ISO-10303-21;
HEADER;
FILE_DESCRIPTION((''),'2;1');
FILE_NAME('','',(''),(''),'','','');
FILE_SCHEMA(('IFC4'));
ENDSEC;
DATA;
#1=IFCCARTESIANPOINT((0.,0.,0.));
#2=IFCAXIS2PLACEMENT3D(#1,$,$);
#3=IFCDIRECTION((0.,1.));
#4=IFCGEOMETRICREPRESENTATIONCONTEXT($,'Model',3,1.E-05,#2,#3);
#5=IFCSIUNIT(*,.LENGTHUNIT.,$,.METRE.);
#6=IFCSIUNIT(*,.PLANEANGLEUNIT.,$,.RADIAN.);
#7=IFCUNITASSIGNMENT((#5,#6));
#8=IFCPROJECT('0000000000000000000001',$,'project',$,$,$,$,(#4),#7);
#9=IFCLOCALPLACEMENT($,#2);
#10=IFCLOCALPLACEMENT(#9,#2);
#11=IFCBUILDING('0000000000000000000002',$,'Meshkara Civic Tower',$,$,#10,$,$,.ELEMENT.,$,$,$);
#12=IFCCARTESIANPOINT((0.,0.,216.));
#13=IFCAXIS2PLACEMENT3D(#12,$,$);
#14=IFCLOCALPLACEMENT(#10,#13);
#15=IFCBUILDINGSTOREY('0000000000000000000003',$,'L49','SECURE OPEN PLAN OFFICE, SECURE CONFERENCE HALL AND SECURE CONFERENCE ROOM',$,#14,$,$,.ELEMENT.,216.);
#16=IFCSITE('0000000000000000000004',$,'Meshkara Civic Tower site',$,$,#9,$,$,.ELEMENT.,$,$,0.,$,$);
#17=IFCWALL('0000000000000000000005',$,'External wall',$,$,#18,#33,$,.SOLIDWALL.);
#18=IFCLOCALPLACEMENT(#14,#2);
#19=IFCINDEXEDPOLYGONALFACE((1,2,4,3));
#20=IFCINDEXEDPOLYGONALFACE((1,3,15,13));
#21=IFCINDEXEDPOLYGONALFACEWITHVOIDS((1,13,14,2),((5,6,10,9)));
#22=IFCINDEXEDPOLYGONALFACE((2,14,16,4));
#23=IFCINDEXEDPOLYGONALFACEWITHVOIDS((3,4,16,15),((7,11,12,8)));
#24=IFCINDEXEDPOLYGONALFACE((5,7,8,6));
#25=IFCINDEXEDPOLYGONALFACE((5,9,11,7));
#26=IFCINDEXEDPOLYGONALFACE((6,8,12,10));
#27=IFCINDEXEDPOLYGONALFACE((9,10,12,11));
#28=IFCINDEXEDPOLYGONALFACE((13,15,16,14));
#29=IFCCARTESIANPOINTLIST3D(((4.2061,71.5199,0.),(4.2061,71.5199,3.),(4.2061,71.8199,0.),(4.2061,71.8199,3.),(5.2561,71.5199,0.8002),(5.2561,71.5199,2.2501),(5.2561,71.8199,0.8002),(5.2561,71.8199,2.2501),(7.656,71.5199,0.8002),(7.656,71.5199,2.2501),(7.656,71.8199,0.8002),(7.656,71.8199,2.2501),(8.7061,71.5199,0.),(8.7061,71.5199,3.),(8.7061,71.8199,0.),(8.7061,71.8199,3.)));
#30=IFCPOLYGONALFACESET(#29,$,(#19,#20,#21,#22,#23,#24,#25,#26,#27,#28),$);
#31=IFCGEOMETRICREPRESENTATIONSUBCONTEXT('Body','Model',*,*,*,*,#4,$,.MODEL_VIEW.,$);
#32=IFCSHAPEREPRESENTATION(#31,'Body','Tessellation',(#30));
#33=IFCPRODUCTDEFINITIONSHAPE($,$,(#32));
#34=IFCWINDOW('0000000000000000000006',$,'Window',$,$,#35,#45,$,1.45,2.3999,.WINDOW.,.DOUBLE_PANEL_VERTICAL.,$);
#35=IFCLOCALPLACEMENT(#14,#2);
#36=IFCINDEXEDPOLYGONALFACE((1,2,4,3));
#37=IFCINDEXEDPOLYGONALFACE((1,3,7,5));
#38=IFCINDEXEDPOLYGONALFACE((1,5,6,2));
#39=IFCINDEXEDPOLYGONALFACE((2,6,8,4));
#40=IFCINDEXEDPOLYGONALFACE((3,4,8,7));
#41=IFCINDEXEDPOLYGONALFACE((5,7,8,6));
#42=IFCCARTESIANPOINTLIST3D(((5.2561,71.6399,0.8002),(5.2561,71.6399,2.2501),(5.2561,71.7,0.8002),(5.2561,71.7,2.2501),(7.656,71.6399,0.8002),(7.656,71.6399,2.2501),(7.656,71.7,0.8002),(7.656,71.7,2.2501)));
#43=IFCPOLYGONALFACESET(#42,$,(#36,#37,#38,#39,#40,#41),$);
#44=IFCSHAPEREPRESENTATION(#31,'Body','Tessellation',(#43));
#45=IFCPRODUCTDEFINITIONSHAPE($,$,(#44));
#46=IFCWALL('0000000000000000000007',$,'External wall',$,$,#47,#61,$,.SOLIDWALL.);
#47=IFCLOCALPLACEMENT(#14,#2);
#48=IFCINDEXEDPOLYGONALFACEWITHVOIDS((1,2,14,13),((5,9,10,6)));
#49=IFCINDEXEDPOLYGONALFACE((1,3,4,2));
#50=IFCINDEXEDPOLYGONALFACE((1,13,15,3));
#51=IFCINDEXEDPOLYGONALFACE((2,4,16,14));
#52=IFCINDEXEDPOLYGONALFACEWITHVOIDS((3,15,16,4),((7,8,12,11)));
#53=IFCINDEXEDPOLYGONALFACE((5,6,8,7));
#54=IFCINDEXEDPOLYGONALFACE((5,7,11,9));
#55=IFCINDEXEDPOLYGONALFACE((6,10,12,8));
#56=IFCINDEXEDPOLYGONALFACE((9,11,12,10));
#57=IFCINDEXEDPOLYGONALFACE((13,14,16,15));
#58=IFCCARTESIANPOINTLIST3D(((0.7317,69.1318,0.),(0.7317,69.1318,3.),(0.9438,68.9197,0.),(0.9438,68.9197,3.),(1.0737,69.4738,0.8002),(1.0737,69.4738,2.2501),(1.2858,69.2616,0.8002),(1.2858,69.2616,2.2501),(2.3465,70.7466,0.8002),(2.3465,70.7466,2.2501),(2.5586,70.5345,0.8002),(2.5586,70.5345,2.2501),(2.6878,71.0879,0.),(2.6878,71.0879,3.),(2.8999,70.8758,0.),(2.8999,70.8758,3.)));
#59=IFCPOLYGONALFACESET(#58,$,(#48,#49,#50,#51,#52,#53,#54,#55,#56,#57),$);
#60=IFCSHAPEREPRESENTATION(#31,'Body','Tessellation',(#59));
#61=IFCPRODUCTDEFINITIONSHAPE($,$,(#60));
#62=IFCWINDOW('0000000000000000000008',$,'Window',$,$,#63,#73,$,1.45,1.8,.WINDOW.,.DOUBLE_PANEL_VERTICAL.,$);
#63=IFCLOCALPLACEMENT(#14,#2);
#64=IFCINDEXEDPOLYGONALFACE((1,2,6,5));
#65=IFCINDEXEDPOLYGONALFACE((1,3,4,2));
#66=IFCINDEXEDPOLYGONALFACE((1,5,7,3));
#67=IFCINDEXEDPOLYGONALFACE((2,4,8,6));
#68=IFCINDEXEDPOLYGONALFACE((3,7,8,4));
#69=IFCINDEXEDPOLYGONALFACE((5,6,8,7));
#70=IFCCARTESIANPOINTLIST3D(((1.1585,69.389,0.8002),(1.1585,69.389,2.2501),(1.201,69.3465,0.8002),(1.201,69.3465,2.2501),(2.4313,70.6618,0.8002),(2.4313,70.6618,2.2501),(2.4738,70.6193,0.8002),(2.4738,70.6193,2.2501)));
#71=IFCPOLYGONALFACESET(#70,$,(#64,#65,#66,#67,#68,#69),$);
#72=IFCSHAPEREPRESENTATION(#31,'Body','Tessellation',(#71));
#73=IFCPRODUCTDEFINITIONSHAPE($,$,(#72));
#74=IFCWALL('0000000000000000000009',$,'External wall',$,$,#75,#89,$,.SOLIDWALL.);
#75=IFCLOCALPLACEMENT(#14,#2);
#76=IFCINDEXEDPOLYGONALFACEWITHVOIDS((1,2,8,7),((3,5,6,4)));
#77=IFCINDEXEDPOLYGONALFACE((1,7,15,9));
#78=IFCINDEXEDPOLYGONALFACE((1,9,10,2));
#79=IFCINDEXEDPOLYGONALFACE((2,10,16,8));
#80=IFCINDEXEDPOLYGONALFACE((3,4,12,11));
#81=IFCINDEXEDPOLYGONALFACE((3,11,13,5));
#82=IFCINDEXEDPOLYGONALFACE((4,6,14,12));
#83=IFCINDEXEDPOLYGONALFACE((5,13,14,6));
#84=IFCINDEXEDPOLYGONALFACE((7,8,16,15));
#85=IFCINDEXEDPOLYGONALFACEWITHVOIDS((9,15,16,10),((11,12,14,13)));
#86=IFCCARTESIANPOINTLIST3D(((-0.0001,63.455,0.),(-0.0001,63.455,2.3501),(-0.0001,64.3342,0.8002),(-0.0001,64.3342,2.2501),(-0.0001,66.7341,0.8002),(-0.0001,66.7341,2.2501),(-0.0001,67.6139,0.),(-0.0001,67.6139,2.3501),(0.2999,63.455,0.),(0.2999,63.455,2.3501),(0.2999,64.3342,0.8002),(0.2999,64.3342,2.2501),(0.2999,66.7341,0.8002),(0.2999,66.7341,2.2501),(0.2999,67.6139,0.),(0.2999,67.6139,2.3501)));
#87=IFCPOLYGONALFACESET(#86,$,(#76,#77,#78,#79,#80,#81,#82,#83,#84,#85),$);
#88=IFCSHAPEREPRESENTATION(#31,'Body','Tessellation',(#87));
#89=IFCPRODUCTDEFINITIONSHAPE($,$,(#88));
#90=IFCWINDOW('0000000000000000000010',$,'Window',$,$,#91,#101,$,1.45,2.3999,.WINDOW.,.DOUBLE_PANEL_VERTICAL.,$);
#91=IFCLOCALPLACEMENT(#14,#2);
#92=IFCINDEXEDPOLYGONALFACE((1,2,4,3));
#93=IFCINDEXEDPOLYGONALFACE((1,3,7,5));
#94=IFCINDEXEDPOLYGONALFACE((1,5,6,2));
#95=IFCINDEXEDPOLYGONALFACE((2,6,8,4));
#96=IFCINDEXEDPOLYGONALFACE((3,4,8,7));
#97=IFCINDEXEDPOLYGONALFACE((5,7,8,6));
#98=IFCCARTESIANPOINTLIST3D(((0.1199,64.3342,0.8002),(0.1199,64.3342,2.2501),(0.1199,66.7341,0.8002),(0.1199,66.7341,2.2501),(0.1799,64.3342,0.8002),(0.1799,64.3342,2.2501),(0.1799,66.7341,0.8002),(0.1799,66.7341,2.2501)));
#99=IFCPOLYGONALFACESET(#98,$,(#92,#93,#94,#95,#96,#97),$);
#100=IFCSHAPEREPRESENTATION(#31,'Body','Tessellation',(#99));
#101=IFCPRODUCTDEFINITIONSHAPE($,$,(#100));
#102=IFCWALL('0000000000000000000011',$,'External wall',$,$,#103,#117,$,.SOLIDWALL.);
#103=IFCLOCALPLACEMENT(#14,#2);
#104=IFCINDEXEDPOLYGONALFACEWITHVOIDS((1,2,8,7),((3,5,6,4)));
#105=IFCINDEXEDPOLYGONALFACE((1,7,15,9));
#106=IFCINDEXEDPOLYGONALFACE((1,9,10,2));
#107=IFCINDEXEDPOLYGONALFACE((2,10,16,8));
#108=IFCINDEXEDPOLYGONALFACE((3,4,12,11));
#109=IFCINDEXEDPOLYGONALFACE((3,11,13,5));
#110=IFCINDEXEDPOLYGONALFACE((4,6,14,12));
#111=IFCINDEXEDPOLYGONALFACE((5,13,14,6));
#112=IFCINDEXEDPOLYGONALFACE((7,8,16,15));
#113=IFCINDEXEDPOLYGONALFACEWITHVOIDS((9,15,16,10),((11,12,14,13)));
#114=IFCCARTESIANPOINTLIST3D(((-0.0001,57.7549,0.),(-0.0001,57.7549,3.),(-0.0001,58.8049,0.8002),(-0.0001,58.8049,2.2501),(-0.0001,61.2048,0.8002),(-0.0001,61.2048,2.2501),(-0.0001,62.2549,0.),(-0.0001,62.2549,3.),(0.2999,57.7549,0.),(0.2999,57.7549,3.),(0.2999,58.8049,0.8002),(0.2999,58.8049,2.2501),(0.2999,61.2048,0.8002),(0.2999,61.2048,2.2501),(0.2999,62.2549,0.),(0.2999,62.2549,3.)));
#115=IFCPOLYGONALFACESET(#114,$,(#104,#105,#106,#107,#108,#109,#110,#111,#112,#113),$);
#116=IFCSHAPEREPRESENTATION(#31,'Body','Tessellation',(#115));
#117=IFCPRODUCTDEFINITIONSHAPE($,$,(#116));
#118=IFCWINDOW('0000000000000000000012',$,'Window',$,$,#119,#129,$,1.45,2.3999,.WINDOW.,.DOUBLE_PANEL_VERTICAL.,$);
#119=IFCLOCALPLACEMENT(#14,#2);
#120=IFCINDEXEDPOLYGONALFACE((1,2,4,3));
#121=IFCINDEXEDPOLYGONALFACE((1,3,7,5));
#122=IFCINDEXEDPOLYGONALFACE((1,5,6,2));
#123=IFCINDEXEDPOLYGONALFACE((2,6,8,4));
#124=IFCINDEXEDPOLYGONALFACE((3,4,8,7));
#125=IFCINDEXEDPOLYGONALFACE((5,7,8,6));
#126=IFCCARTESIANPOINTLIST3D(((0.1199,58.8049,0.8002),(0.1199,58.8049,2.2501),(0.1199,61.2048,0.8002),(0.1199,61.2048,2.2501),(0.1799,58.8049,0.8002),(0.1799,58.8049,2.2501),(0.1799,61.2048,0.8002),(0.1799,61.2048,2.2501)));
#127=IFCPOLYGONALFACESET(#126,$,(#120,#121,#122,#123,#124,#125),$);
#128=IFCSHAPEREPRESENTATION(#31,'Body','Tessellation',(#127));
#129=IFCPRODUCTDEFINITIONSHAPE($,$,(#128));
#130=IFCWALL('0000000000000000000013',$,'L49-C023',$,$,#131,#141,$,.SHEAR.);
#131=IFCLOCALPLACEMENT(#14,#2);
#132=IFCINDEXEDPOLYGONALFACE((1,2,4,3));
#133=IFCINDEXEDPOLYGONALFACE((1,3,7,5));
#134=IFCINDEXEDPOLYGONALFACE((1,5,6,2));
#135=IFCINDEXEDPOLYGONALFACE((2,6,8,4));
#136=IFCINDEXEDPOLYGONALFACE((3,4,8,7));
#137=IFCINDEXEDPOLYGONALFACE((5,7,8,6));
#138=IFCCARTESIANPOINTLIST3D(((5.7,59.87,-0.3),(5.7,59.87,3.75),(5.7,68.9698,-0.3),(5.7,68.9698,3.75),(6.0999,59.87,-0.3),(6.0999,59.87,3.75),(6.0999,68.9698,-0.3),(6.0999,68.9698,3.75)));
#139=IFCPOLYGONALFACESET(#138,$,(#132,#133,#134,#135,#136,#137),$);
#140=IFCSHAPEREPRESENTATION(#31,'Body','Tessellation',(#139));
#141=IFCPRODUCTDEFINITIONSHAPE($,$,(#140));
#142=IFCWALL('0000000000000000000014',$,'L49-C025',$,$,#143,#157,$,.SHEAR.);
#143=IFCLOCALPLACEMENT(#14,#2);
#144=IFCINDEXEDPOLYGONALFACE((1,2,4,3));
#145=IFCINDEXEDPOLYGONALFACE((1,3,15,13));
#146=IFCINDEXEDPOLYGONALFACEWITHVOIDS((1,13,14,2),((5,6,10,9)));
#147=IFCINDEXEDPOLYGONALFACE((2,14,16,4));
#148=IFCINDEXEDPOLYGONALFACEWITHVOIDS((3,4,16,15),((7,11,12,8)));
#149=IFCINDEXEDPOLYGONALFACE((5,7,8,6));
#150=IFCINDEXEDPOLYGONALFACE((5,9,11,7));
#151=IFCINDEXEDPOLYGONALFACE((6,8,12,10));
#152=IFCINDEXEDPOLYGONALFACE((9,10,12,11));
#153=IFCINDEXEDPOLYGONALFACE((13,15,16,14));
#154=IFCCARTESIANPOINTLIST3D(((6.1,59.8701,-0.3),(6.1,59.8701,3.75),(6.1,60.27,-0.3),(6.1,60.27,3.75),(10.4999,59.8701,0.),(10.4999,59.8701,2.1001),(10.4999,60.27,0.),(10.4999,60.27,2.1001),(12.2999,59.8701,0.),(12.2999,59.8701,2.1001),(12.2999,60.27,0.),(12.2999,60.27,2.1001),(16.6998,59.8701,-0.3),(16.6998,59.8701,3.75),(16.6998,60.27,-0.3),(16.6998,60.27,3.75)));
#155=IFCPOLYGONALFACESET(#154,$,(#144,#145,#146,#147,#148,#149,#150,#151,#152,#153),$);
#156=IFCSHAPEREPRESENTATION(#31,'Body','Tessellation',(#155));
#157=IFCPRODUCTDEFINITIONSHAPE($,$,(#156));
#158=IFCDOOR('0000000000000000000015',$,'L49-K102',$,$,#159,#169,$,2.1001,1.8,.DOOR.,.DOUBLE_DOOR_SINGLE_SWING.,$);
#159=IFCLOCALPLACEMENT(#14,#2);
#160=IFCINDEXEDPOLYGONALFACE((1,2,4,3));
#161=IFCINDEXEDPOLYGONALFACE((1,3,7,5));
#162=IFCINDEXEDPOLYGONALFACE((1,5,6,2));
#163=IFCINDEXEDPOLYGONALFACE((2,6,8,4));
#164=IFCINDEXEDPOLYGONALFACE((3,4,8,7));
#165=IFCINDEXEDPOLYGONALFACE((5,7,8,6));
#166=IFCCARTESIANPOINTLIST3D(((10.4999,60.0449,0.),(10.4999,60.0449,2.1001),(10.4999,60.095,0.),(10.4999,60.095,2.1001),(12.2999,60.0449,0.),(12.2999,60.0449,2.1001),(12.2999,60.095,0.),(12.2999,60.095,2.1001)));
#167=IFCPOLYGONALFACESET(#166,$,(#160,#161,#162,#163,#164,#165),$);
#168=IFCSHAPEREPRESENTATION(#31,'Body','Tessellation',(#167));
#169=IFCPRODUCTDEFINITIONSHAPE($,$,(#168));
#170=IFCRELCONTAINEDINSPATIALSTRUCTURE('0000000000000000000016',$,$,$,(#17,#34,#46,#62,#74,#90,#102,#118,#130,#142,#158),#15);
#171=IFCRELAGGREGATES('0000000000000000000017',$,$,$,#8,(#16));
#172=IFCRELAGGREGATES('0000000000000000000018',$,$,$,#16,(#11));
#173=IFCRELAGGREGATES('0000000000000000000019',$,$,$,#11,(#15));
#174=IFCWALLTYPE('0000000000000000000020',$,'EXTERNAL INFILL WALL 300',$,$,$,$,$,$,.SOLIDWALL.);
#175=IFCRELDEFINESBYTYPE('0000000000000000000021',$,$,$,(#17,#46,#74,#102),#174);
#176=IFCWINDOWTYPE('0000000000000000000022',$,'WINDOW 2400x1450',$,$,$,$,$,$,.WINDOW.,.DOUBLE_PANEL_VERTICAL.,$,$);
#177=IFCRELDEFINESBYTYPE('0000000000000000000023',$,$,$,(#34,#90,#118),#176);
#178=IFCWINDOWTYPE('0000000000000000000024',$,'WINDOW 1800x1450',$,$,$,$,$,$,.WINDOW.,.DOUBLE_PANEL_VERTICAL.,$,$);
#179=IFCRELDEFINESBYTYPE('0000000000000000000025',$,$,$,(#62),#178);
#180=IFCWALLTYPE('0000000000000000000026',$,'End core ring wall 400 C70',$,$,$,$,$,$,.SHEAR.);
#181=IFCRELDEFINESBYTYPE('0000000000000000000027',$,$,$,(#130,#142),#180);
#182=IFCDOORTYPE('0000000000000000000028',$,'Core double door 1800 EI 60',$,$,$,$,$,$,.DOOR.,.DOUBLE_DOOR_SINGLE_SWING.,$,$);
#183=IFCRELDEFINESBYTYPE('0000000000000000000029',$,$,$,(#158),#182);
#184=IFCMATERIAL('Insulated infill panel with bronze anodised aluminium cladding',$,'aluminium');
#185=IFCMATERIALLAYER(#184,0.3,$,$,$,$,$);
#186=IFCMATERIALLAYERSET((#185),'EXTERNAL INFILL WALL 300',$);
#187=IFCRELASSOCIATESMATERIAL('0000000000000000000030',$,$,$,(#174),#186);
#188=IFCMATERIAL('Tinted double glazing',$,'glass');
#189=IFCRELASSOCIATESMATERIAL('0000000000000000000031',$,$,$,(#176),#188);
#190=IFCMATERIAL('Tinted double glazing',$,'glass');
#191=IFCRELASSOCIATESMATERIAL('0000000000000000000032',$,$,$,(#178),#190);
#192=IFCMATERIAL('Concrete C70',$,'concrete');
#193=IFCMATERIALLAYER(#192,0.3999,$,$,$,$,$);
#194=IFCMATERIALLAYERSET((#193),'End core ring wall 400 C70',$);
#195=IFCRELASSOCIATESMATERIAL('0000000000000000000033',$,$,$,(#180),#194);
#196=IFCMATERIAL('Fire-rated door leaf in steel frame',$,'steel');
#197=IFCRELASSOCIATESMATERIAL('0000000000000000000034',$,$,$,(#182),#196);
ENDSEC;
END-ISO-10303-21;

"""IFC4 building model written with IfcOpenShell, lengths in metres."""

from ifc_helpers import new_model, si_unit, direction, frame, frame_2d, origin, place, context, subcontext, project, spatial, rectangle, extrude, material, layer, layer_set, type_object, element, fill, save


model = new_model("IFC4")

# Units and contexts
model_context = context("Model", 3, precision=1e-05, world=origin(), true_north=direction((0.0, 1.0)))
body_context = subcontext(model_context, "Body", "Model", "MODEL_VIEW")
ifc_project = project(units=[si_unit("LENGTHUNIT", "METRE"), si_unit("PLANEANGLEUNIT", "RADIAN")], contexts=[model_context])

# Site, building, storey
site_placement = place(None, origin())
site = spatial("IfcSite", under=ifc_project, at=site_placement, Name="Meshkara Civic Tower site", CompositionType="ELEMENT", RefElevation=0.0)
building_placement = place(site_placement, origin())
building = spatial("IfcBuilding", under=site, at=building_placement, Name="Meshkara Civic Tower", CompositionType="ELEMENT")
storey_placement = place(building_placement, frame((0.0, 0.0, 216.0)))
storey = spatial("IfcBuildingStorey", under=building, at=storey_placement, Name="L49", Description="SECURE OPEN PLAN OFFICE, SECURE CONFERENCE HALL AND SECURE CONFERENCE ROOM", CompositionType="ELEMENT", Elevation=216.0)

# Walls, openings, windows
ifc_material_1 = material(Name="Insulated infill panel with bronze anodised aluminium cladding", Category="aluminium")
ifc_layer_1 = layer(ifc_material_1, 0.3)
ifc_layer_set_1 = layer_set([ifc_layer_1], Name="EXTERNAL INFILL WALL 300")
wall_type_1 = type_object("IfcWallType", Name="EXTERNAL INFILL WALL 300", PredefinedType="SOLIDWALL", material=ifc_layer_set_1)
wall_1_placement = place(storey_placement, frame((8.7061, 71.6699, 0.0), z_axis=(0.0, 0.0, 1.0), x_axis=(-1.0, 0.0, 0.0)))
wall_1 = element("IfcWall", 1, at=wall_1_placement, inside=storey, type_object=wall_type_1, Name="External wall", PredefinedType="SOLIDWALL", context=body_context, shape_type="SweptSolid", body=[
    extrude(rectangle(XDim=4.5, YDim=0.3, at=frame_2d((2.25, 0.0))), origin(), (0.0, 0.0, 1.0), 3.0),
])
opening_1_placement = place(wall_1_placement, frame((1.05, 0.0, 0.8)))
opening_1 = element("IfcOpeningElement", 2, at=opening_1_placement, cuts=wall_1, PredefinedType="OPENING", context=body_context, shape_type="SweptSolid", body=[
    extrude(rectangle(XDim=2.3999, YDim=1.45, at=frame_2d((1.2, 0.7251))), frame((0.0, 0.1599, 0.0), z_axis=(0.0, -1.0, 0.0), x_axis=(1.0, 0.0, 0.0)), (0.0, 0.0, 1.0), 0.3201),
])
ifc_material_2 = material(Name="Tinted double glazing", Category="glass")
window_type_1 = type_object("IfcWindowType", Name="WINDOW 2400x1450", PartitioningType="DOUBLE_PANEL_VERTICAL", PredefinedType="WINDOW", material=ifc_material_2)
window_1_placement = place(opening_1_placement, origin())
window_1 = element("IfcWindow", 3, at=window_1_placement, inside=storey, type_object=window_type_1, Name="Window", OverallHeight=1.45, OverallWidth=2.3999, PartitioningType="DOUBLE_PANEL_VERTICAL", PredefinedType="WINDOW", context=body_context, shape_type="SweptSolid", body=[
    extrude(rectangle(XDim=2.3999, YDim=1.45, at=frame_2d((1.2, 0.7251))), frame((0.0, 0.03, 0.0), z_axis=(0.0, -1.0, 0.0), x_axis=(1.0, 0.0, 0.0)), (0.0, 0.0, 1.0), 0.0601),
])
fill(opening_1, window_1)
wall_2_placement = place(storey_placement, frame((2.7939, 70.9819, 0.0), z_axis=(0.0, 0.0, 1.0), x_axis=(-0.707107, -0.707107, 0.0)))
wall_2 = element("IfcWall", 4, at=wall_2_placement, inside=storey, type_object=wall_type_1, Name="External wall", PredefinedType="SOLIDWALL", context=body_context, shape_type="SweptSolid", body=[
    extrude(rectangle(XDim=2.7664, YDim=0.3, at=frame_2d((1.3833, 0.0))), origin(), (0.0, 0.0, 1.0), 3.0),
])
opening_2_placement = place(wall_2_placement, frame((0.4829, 0.0, 0.8)))
opening_2 = element("IfcOpeningElement", 5, at=opening_2_placement, cuts=wall_2, PredefinedType="OPENING", context=body_context, shape_type="SweptSolid", body=[
    extrude(rectangle(XDim=1.8, YDim=1.45, at=frame_2d((0.8999, 0.7251))), frame((0.0, 0.1599, 0.0), z_axis=(0.0, -1.0, 0.0), x_axis=(1.0, 0.0, 0.0)), (0.0, 0.0, 1.0), 0.3201),
])
ifc_material_3 = material(Name="Tinted double glazing", Category="glass")
window_type_2 = type_object("IfcWindowType", Name="WINDOW 1800x1450", PartitioningType="DOUBLE_PANEL_VERTICAL", PredefinedType="WINDOW", material=ifc_material_3)
window_2_placement = place(opening_2_placement, origin())
window_2 = element("IfcWindow", 6, at=window_2_placement, inside=storey, type_object=window_type_2, Name="Window", OverallHeight=1.45, OverallWidth=1.8, PartitioningType="DOUBLE_PANEL_VERTICAL", PredefinedType="WINDOW", context=body_context, shape_type="SweptSolid", body=[
    extrude(rectangle(XDim=1.8, YDim=1.45, at=frame_2d((0.8999, 0.7251))), frame((0.0, 0.03, 0.0), z_axis=(0.0, -1.0, 0.0), x_axis=(1.0, 0.0, 0.0)), (0.0, 0.0, 1.0), 0.0601),
])
fill(opening_2, window_2)
wall_3_placement = place(storey_placement, frame((0.1499, 67.614, 0.0), z_axis=(0.0, 0.0, 1.0), x_axis=(0.0, -1.0, 0.0)))
wall_3 = element("IfcWall", 7, at=wall_3_placement, inside=storey, type_object=wall_type_1, Name="External wall", PredefinedType="SOLIDWALL", context=body_context, shape_type="SweptSolid", body=[
    extrude(rectangle(XDim=4.1589, YDim=0.3, at=frame_2d((2.0796, 0.0))), origin(), (0.0, 0.0, 1.0), 2.3501),
])
opening_3_placement = place(wall_3_placement, frame((0.8799, 0.0, 0.8)))
opening_3 = element("IfcOpeningElement", 8, at=opening_3_placement, cuts=wall_3, PredefinedType="OPENING", context=body_context, shape_type="SweptSolid", body=[
    extrude(rectangle(XDim=2.3999, YDim=1.45, at=frame_2d((1.2, 0.7251))), frame((0.0, 0.1599, 0.0), z_axis=(0.0, -1.0, 0.0), x_axis=(1.0, 0.0, 0.0)), (0.0, 0.0, 1.0), 0.3201),
])
window_3_placement = place(opening_3_placement, origin())
window_3 = element("IfcWindow", 9, at=window_3_placement, inside=storey, type_object=window_type_1, Name="Window", OverallHeight=1.45, OverallWidth=2.3999, PartitioningType="DOUBLE_PANEL_VERTICAL", PredefinedType="WINDOW", context=body_context, shape_type="SweptSolid", body=[
    extrude(rectangle(XDim=2.3999, YDim=1.45, at=frame_2d((1.2, 0.7251))), frame((0.0, 0.03, 0.0), z_axis=(0.0, -1.0, 0.0), x_axis=(1.0, 0.0, 0.0)), (0.0, 0.0, 1.0), 0.0601),
])
fill(opening_3, window_3)
wall_4_placement = place(storey_placement, frame((0.1499, 62.2549, 0.0), z_axis=(0.0, 0.0, 1.0), x_axis=(0.0, -1.0, 0.0)))
wall_4 = element("IfcWall", 10, at=wall_4_placement, inside=storey, type_object=wall_type_1, Name="External wall", PredefinedType="SOLIDWALL", context=body_context, shape_type="SweptSolid", body=[
    extrude(rectangle(XDim=4.5, YDim=0.3, at=frame_2d((2.25, 0.0))), origin(), (0.0, 0.0, 1.0), 3.0),
])
opening_4_placement = place(wall_4_placement, frame((1.05, 0.0, 0.8)))
opening_4 = element("IfcOpeningElement", 11, at=opening_4_placement, cuts=wall_4, PredefinedType="OPENING", context=body_context, shape_type="SweptSolid", body=[
    extrude(rectangle(XDim=2.3999, YDim=1.45, at=frame_2d((1.2, 0.7251))), frame((0.0, 0.1599, 0.0), z_axis=(0.0, -1.0, 0.0), x_axis=(1.0, 0.0, 0.0)), (0.0, 0.0, 1.0), 0.3201),
])
window_4_placement = place(opening_4_placement, origin())
window_4 = element("IfcWindow", 12, at=window_4_placement, inside=storey, type_object=window_type_1, Name="Window", OverallHeight=1.45, OverallWidth=2.3999, PartitioningType="DOUBLE_PANEL_VERTICAL", PredefinedType="WINDOW", context=body_context, shape_type="SweptSolid", body=[
    extrude(rectangle(XDim=2.3999, YDim=1.45, at=frame_2d((1.2, 0.7251))), frame((0.0, 0.03, 0.0), z_axis=(0.0, -1.0, 0.0), x_axis=(1.0, 0.0, 0.0)), (0.0, 0.0, 1.0), 0.0601),
])
fill(opening_4, window_4)

# Wall
ifc_material_4 = material(Name="Concrete C70", Category="concrete")
ifc_layer_2 = layer(ifc_material_4, 0.3999)
ifc_layer_set_2 = layer_set([ifc_layer_2], Name="End core ring wall 400 C70")
wall_type_2 = type_object("IfcWallType", Name="End core ring wall 400 C70", PredefinedType="SHEAR", material=ifc_layer_set_2)
wall_5_placement = place(storey_placement, frame((5.8999, 59.8701, -0.3), z_axis=(0.0, 0.0, 1.0), x_axis=(0.0, 1.0, 0.0)))
element("IfcWall", 13, at=wall_5_placement, inside=storey, type_object=wall_type_2, Name="L49-C023", PredefinedType="SHEAR", context=body_context, shape_type="SweptSolid", body=[
    extrude(rectangle(XDim=9.0999, YDim=0.3999, at=frame_2d((4.5498, 0.0))), origin(), (0.0, 0.0, 1.0), 4.05),
])

# Wall, opening, door
wall_6_placement = place(storey_placement, frame((6.1001, 60.0701, -0.3), z_axis=(0.0, 0.0, 1.0), x_axis=(1.0, 0.0, 0.0)))
wall_6 = element("IfcWall", 14, at=wall_6_placement, inside=storey, type_object=wall_type_2, Name="L49-C025", PredefinedType="SHEAR", context=body_context, shape_type="SweptSolid", body=[
    extrude(rectangle(XDim=10.5999, YDim=0.3999, at=frame_2d((5.2998, 0.0))), origin(), (0.0, 0.0, 1.0), 4.05),
])
opening_5_placement = place(wall_6_placement, frame((4.3999, 0.0, 0.3)))
opening_5 = element("IfcOpeningElement", 15, at=opening_5_placement, cuts=wall_6, PredefinedType="OPENING", context=body_context, shape_type="SweptSolid", body=[
    extrude(rectangle(XDim=1.8, YDim=2.1001, at=frame_2d((0.8999, 1.05))), frame((0.0, 0.21, 0.0), z_axis=(0.0, -1.0, 0.0), x_axis=(1.0, 0.0, 0.0)), (0.0, 0.0, 1.0), 0.4199),
])
ifc_material_5 = material(Name="Fire-rated door leaf in steel frame", Category="steel")
door_type_1 = type_object("IfcDoorType", Name="Core double door 1800 EI 60", OperationType="DOUBLE_DOOR_SINGLE_SWING", PredefinedType="DOOR", material=ifc_material_5)
door_1_placement = place(opening_5_placement, origin())
door_1 = element("IfcDoor", 16, at=door_1_placement, inside=storey, type_object=door_type_1, Name="L49-K102", OperationType="DOUBLE_DOOR_SINGLE_SWING", OverallHeight=2.1001, OverallWidth=1.8, PredefinedType="DOOR", context=body_context, shape_type="SweptSolid", body=[
    extrude(rectangle(XDim=1.8, YDim=2.1001, at=frame_2d((0.8999, 1.05))), frame((0.0, 0.0249, 0.0), z_axis=(0.0, -1.0, 0.0), x_axis=(1.0, 0.0, 0.0)), (0.0, 0.0, 1.0), 0.05),
])
fill(opening_5, door_1)

save(model, "model.ifc")
